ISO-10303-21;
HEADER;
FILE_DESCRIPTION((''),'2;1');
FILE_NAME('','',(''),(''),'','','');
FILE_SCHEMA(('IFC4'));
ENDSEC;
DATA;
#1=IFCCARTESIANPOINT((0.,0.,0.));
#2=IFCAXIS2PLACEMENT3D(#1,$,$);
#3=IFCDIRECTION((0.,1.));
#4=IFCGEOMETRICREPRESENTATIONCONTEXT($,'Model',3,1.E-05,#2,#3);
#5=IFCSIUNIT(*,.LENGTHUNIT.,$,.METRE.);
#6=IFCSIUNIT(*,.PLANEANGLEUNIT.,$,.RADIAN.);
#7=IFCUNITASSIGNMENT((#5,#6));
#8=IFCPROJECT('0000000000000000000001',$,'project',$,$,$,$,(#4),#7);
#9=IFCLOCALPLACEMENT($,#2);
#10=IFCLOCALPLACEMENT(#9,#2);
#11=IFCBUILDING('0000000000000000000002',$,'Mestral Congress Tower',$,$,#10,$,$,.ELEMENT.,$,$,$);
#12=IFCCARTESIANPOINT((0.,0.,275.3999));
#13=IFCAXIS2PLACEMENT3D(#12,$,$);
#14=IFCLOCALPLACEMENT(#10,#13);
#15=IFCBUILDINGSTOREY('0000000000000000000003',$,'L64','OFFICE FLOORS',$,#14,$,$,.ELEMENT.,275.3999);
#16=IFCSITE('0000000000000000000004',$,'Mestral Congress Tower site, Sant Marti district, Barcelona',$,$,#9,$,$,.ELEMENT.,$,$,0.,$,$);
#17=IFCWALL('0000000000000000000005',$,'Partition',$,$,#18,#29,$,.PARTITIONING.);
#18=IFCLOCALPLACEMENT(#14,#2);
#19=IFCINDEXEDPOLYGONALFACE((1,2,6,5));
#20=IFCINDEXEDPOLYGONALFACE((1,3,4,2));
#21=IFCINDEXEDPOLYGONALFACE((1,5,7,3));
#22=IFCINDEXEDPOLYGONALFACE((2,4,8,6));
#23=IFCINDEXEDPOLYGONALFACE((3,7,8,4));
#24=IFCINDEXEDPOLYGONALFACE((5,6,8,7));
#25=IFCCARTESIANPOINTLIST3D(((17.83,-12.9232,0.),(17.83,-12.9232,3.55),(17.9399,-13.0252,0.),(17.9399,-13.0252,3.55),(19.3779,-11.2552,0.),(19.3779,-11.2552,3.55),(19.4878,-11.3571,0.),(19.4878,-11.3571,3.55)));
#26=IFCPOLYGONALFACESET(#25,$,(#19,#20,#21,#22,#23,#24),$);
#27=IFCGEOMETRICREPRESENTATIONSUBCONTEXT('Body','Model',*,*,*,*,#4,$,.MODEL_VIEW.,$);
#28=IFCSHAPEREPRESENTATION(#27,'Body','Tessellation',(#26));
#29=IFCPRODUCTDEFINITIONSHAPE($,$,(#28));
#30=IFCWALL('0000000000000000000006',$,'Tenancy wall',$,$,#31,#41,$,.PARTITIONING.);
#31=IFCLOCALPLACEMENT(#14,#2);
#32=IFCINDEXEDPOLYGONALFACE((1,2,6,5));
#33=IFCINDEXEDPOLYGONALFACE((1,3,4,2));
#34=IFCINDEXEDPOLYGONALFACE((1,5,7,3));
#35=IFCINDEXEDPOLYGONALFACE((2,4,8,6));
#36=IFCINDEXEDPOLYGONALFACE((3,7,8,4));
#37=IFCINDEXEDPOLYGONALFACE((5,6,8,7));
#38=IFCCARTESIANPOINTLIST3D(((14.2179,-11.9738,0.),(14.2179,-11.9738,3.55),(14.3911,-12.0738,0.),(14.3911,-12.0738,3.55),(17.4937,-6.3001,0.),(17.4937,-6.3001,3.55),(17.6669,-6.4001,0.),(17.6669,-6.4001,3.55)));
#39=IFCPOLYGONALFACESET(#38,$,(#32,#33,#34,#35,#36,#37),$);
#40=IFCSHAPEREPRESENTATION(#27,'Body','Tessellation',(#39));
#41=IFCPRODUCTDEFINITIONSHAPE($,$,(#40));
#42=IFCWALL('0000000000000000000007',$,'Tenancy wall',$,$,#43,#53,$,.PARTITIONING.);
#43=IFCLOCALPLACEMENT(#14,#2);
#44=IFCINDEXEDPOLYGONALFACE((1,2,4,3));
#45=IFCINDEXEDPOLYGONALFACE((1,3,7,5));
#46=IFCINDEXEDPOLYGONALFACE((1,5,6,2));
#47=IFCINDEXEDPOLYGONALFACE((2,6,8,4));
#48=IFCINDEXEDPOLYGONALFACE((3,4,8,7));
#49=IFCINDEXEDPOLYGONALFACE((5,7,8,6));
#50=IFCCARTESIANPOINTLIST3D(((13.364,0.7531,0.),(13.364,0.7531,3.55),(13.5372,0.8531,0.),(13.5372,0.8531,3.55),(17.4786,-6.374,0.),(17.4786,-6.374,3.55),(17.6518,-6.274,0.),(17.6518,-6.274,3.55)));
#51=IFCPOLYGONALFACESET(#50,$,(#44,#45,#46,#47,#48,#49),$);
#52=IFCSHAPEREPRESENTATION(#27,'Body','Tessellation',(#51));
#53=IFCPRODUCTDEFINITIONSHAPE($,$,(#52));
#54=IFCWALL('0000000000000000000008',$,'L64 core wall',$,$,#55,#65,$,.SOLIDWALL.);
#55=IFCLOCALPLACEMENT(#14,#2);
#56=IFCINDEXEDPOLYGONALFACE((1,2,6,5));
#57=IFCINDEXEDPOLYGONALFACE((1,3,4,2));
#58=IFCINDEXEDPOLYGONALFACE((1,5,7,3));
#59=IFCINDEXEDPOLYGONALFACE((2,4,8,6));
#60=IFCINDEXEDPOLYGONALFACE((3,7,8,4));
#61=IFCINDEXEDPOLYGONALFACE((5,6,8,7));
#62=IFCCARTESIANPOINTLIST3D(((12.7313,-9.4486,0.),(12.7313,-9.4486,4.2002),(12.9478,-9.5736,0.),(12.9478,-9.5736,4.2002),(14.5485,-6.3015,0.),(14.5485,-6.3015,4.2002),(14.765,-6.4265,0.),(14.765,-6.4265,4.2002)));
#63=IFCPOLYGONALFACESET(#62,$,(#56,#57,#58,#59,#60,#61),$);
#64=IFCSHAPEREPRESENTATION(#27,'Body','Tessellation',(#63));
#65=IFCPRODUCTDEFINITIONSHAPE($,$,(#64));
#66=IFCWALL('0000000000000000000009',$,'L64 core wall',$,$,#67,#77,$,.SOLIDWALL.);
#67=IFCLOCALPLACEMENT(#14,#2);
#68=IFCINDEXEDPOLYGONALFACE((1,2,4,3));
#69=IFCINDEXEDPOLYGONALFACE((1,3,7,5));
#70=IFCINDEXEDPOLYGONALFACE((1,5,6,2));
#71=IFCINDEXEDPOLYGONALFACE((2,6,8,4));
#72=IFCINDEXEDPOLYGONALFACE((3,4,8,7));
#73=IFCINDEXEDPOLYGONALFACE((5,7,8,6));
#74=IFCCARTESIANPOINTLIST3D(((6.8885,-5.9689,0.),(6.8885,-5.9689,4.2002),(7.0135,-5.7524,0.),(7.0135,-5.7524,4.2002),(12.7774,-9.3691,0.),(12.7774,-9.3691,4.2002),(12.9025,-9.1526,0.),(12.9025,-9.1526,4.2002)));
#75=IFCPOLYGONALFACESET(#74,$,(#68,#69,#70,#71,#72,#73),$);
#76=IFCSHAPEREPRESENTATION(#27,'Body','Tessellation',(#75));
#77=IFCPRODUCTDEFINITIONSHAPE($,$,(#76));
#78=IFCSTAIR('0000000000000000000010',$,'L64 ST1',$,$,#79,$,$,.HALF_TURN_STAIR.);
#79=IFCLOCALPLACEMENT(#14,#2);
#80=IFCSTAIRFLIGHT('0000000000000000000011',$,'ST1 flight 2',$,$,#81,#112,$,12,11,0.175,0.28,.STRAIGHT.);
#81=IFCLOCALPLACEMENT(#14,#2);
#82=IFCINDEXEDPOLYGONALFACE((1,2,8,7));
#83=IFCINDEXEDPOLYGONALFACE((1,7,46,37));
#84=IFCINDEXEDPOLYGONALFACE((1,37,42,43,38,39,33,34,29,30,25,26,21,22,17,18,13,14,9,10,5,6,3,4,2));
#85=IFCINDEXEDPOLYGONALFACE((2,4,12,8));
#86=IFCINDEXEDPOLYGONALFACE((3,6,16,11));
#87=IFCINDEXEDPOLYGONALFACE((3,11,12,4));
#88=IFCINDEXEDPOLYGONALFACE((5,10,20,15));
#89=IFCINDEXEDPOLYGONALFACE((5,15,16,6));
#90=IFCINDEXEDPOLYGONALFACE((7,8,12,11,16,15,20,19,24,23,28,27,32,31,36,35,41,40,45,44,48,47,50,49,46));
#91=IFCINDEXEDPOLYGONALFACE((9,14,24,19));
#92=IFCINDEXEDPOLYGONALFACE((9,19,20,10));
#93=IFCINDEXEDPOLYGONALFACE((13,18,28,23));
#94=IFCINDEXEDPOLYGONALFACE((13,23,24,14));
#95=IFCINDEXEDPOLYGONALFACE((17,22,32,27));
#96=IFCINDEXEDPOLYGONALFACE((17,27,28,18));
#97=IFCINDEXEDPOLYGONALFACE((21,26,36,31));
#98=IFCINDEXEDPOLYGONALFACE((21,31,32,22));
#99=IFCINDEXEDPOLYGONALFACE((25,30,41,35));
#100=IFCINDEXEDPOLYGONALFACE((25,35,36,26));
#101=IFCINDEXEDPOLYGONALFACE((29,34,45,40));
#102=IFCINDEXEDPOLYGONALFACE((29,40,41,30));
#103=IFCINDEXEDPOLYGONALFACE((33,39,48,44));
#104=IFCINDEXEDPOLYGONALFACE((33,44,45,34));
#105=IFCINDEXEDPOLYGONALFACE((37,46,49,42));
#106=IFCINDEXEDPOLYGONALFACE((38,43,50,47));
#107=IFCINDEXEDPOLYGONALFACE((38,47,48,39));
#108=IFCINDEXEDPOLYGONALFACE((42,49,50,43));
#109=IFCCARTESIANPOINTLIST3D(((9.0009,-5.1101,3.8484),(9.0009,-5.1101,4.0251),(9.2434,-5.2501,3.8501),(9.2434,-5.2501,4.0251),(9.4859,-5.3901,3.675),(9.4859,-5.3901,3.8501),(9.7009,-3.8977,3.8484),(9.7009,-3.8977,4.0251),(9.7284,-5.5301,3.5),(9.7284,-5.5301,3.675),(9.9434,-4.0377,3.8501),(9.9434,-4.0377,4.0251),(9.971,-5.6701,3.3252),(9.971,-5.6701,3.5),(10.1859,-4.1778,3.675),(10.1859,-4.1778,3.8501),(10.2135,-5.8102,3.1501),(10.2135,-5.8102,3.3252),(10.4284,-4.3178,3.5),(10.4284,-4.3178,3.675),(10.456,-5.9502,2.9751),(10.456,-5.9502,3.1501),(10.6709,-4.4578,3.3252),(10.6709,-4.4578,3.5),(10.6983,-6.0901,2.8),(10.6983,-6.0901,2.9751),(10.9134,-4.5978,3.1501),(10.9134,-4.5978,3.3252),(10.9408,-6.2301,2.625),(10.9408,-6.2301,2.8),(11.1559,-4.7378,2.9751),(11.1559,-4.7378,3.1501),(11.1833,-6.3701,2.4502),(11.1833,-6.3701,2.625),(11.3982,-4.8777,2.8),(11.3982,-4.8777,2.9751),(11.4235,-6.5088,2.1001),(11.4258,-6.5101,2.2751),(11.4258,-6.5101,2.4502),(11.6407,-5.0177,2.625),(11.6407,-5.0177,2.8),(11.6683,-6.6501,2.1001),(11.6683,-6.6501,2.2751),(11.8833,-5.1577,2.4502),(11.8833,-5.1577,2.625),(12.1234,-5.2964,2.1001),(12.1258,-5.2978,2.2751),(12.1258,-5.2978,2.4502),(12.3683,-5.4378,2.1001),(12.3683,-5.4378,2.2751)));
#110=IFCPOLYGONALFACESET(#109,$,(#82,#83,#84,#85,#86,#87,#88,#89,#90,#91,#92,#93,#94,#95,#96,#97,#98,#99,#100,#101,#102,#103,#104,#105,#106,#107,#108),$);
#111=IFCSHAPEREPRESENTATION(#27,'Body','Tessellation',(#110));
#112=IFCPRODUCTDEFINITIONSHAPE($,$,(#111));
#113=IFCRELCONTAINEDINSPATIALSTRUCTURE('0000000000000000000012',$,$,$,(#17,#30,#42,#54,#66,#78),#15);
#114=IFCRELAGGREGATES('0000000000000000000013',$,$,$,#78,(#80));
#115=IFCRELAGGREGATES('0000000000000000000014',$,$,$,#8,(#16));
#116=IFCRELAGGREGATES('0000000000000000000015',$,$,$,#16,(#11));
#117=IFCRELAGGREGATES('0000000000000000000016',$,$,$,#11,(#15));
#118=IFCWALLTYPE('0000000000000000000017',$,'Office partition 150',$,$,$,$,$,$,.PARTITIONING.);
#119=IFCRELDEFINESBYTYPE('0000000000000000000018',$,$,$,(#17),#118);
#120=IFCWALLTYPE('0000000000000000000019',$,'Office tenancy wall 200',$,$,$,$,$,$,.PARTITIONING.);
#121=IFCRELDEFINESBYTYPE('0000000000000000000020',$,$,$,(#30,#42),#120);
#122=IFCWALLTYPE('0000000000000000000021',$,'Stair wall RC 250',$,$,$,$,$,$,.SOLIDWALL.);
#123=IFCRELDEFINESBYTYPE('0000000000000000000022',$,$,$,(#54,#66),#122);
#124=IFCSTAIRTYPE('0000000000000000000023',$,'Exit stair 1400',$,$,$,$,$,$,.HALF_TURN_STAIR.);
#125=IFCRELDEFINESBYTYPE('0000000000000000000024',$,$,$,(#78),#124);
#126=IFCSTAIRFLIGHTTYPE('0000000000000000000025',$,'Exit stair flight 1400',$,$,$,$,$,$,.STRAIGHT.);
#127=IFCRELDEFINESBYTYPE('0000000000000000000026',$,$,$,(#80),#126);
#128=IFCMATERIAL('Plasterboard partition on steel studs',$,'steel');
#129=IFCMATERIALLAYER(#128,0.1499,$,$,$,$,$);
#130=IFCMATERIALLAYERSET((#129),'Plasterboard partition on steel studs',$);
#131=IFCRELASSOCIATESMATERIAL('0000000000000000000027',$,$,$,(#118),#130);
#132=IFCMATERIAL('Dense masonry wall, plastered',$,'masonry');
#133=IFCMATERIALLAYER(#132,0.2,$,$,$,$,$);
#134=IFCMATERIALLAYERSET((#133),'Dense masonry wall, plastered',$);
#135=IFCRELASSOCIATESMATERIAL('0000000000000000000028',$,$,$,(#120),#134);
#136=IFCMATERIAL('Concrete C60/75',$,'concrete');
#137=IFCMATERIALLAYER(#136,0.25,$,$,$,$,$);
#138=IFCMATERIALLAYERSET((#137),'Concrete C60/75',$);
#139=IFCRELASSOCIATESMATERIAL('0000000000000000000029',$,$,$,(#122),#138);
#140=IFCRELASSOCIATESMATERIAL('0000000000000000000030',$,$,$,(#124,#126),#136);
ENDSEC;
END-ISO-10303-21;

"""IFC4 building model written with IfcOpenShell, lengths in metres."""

from ifc_helpers import new_model, si_unit, direction, frame, frame_2d, origin, place, context, subcontext, project, spatial, polyline, rectangle, outline, extrude, material, layer, layer_set, type_object, element, aggregate, save


model = new_model("IFC4")

# Units and contexts
model_context = context("Model", 3, precision=1e-05, world=origin(), true_north=direction((0.0, 1.0)))
body_context = subcontext(model_context, "Body", "Model", "MODEL_VIEW")
ifc_project = project(units=[si_unit("LENGTHUNIT", "METRE"), si_unit("PLANEANGLEUNIT", "RADIAN")], contexts=[model_context])

# Site, building, storey
site_placement = place(None, origin())
site = spatial("IfcSite", under=ifc_project, at=site_placement, Name="Mestral Congress Tower site, Sant Marti district, Barcelona", CompositionType="ELEMENT", RefElevation=0.0)
building_placement = place(site_placement, origin())
building = spatial("IfcBuilding", under=site, at=building_placement, Name="Mestral Congress Tower", CompositionType="ELEMENT")
storey_placement = place(building_placement, frame((0.0, 0.0, 275.3999)))
storey = spatial("IfcBuildingStorey", under=building, at=storey_placement, Name="L64", Description="OFFICE FLOORS", CompositionType="ELEMENT", Elevation=275.3999)

# Shared definitions
ifc_material_1 = material(Name="Concrete C60/75", Category="concrete")

# Shared definitions
ifc_material_2 = material(Name="Plasterboard partition on steel studs", Category="steel")
ifc_layer_1 = layer(ifc_material_2, 0.1499)
ifc_layer_set_1 = layer_set([ifc_layer_1], Name="Plasterboard partition on steel studs")
wall_type_1 = type_object("IfcWallType", Name="Office partition 150", PredefinedType="PARTITIONING", material=ifc_layer_set_1)

# Walls
wall_1_placement = place(storey_placement, frame((17.885, -12.9741, 0.0), z_axis=(0.0, 0.0, 1.0), x_axis=(0.680221, 0.733007, 0.0)))
element("IfcWall", 1, at=wall_1_placement, inside=storey, type_object=wall_type_1, Name="Partition", PredefinedType="PARTITIONING", context=body_context, shape_type="SweptSolid", body=[
    extrude(rectangle(XDim=2.2756, YDim=0.1499, at=frame_2d((1.1377, 0.0))), origin(), (0.0, 0.0, 1.0), 3.55),
])
ifc_material_3 = material(Name="Dense masonry wall, plastered", Category="masonry")
ifc_layer_2 = layer(ifc_material_3, 0.2)
ifc_layer_set_2 = layer_set([ifc_layer_2], Name="Dense masonry wall, plastered")
wall_type_2 = type_object("IfcWallType", Name="Office tenancy wall 200", PredefinedType="PARTITIONING", material=ifc_layer_set_2)
wall_2_placement = place(storey_placement, frame((14.3044, -12.0239, 0.0), z_axis=(0.0, 0.0, 1.0), x_axis=(0.500011, 0.866019, 0.0)))
element("IfcWall", 2, at=wall_2_placement, inside=storey, type_object=wall_type_2, Name="Tenancy wall", PredefinedType="PARTITIONING", context=body_context, shape_type="SweptSolid", body=[
    extrude(rectangle(XDim=6.5515, YDim=0.2, at=frame_2d((3.2759, 0.0))), origin(), (0.0, 0.0, 1.0), 3.55),
])
wall_3_placement = place(storey_placement, frame((17.5652, -6.324, 0.0), z_axis=(0.0, 0.0, 1.0), x_axis=(-0.499978, 0.866038, 0.0)))
element("IfcWall", 3, at=wall_3_placement, inside=storey, type_object=wall_type_2, Name="Tenancy wall", PredefinedType="PARTITIONING", context=body_context, shape_type="SweptSolid", body=[
    extrude(rectangle(XDim=8.2295, YDim=0.2, at=frame_2d((4.1147, 0.0))), origin(), (0.0, 0.0, 1.0), 3.55),
])
ifc_layer_3 = layer(ifc_material_1, 0.25)
ifc_layer_set_3 = layer_set([ifc_layer_3], Name="Concrete C60/75")
wall_type_3 = type_object("IfcWallType", Name="Stair wall RC 250", PredefinedType="SOLIDWALL", material=ifc_layer_set_3)
wall_4_placement = place(storey_placement, frame((12.8396, -9.511, 0.0), z_axis=(0.0, 0.0, 1.0), x_axis=(0.500048, 0.865998, 0.0)))
element("IfcWall", 4, at=wall_4_placement, inside=storey, type_object=wall_type_3, Name="L64 core wall", PredefinedType="SOLIDWALL", context=body_context, shape_type="SweptSolid", body=[
    extrude(rectangle(XDim=3.634, YDim=0.25, at=frame_2d((1.8169, 0.0))), origin(), (0.0, 0.0, 1.0), 4.2002),
])
wall_5_placement = place(storey_placement, frame((12.8398, -9.2607, 0.0), z_axis=(0.0, 0.0, 1.0), x_axis=(-0.866014, 0.50002, 0.0)))
element("IfcWall", 5, at=wall_5_placement, inside=storey, type_object=wall_type_3, Name="L64 core wall", PredefinedType="SOLIDWALL", context=body_context, shape_type="SweptSolid", body=[
    extrude(rectangle(XDim=6.8, YDim=0.25, at=frame_2d((3.3999, 0.0))), origin(), (0.0, 0.0, 1.0), 4.2002),
])

# Stair, stair flight
stair_type = type_object("IfcStairType", Name="Exit stair 1400", PredefinedType="HALF_TURN_STAIR", material=ifc_material_1)
stair_placement = place(storey_placement, origin())
stair = element("IfcStair", 6, at=stair_placement, inside=storey, type_object=stair_type, Name="L64 ST1", PredefinedType="HALF_TURN_STAIR")
stair_flight_type = type_object("IfcStairFlightType", Name="Exit stair flight 1400", PredefinedType="STRAIGHT", material=ifc_material_1)
stair_flight_placement = place(storey_placement, frame((12.0183, -6.0439, 2.1001), z_axis=(0.0, 0.0, 1.0), x_axis=(-0.866025, 0.5, 0.0)))
stair_flight = element("IfcStairFlight", 7, at=stair_flight_placement, type_object=stair_flight_type, Name="ST1 flight 2", NumberOfRisers=12, NumberOfTreads=11, PredefinedType="STRAIGHT", RiserHeight=0.175, TreadLength=0.28, context=body_context, shape_type="SweptSolid", body=[
    extrude(outline(polyline([(0.0, 0.0), (0.0, 0.175), (0.28, 0.175), (0.28, 0.3501), (0.5601, 0.3501), (0.5601, 0.5249), (0.8401, 0.5249), (0.8401, 0.7), (1.1201, 0.7), (1.1201, 0.875), (1.3999, 0.875), (1.3999, 1.05), (1.6799, 1.05), (1.6799, 1.2251), (1.96, 1.2251), (1.96, 1.3999), (2.24, 1.3999), (2.24, 1.575), (2.52, 1.575), (2.52, 1.75), (2.8, 1.75), (2.8, 1.925), (3.0801, 1.925), (3.0801, 2.1001), (3.0801, 1.7483), (0.2827, 0.0), (0.0, 0.0)])), frame((0.0, 0.7, 0.0), z_axis=(0.0, -1.0, 0.0), x_axis=(1.0, 0.0, 0.0)), (0.0, 0.0, 1.0), 1.3999),
])
aggregate(stair, [stair_flight])

save(model, "model.ifc")
